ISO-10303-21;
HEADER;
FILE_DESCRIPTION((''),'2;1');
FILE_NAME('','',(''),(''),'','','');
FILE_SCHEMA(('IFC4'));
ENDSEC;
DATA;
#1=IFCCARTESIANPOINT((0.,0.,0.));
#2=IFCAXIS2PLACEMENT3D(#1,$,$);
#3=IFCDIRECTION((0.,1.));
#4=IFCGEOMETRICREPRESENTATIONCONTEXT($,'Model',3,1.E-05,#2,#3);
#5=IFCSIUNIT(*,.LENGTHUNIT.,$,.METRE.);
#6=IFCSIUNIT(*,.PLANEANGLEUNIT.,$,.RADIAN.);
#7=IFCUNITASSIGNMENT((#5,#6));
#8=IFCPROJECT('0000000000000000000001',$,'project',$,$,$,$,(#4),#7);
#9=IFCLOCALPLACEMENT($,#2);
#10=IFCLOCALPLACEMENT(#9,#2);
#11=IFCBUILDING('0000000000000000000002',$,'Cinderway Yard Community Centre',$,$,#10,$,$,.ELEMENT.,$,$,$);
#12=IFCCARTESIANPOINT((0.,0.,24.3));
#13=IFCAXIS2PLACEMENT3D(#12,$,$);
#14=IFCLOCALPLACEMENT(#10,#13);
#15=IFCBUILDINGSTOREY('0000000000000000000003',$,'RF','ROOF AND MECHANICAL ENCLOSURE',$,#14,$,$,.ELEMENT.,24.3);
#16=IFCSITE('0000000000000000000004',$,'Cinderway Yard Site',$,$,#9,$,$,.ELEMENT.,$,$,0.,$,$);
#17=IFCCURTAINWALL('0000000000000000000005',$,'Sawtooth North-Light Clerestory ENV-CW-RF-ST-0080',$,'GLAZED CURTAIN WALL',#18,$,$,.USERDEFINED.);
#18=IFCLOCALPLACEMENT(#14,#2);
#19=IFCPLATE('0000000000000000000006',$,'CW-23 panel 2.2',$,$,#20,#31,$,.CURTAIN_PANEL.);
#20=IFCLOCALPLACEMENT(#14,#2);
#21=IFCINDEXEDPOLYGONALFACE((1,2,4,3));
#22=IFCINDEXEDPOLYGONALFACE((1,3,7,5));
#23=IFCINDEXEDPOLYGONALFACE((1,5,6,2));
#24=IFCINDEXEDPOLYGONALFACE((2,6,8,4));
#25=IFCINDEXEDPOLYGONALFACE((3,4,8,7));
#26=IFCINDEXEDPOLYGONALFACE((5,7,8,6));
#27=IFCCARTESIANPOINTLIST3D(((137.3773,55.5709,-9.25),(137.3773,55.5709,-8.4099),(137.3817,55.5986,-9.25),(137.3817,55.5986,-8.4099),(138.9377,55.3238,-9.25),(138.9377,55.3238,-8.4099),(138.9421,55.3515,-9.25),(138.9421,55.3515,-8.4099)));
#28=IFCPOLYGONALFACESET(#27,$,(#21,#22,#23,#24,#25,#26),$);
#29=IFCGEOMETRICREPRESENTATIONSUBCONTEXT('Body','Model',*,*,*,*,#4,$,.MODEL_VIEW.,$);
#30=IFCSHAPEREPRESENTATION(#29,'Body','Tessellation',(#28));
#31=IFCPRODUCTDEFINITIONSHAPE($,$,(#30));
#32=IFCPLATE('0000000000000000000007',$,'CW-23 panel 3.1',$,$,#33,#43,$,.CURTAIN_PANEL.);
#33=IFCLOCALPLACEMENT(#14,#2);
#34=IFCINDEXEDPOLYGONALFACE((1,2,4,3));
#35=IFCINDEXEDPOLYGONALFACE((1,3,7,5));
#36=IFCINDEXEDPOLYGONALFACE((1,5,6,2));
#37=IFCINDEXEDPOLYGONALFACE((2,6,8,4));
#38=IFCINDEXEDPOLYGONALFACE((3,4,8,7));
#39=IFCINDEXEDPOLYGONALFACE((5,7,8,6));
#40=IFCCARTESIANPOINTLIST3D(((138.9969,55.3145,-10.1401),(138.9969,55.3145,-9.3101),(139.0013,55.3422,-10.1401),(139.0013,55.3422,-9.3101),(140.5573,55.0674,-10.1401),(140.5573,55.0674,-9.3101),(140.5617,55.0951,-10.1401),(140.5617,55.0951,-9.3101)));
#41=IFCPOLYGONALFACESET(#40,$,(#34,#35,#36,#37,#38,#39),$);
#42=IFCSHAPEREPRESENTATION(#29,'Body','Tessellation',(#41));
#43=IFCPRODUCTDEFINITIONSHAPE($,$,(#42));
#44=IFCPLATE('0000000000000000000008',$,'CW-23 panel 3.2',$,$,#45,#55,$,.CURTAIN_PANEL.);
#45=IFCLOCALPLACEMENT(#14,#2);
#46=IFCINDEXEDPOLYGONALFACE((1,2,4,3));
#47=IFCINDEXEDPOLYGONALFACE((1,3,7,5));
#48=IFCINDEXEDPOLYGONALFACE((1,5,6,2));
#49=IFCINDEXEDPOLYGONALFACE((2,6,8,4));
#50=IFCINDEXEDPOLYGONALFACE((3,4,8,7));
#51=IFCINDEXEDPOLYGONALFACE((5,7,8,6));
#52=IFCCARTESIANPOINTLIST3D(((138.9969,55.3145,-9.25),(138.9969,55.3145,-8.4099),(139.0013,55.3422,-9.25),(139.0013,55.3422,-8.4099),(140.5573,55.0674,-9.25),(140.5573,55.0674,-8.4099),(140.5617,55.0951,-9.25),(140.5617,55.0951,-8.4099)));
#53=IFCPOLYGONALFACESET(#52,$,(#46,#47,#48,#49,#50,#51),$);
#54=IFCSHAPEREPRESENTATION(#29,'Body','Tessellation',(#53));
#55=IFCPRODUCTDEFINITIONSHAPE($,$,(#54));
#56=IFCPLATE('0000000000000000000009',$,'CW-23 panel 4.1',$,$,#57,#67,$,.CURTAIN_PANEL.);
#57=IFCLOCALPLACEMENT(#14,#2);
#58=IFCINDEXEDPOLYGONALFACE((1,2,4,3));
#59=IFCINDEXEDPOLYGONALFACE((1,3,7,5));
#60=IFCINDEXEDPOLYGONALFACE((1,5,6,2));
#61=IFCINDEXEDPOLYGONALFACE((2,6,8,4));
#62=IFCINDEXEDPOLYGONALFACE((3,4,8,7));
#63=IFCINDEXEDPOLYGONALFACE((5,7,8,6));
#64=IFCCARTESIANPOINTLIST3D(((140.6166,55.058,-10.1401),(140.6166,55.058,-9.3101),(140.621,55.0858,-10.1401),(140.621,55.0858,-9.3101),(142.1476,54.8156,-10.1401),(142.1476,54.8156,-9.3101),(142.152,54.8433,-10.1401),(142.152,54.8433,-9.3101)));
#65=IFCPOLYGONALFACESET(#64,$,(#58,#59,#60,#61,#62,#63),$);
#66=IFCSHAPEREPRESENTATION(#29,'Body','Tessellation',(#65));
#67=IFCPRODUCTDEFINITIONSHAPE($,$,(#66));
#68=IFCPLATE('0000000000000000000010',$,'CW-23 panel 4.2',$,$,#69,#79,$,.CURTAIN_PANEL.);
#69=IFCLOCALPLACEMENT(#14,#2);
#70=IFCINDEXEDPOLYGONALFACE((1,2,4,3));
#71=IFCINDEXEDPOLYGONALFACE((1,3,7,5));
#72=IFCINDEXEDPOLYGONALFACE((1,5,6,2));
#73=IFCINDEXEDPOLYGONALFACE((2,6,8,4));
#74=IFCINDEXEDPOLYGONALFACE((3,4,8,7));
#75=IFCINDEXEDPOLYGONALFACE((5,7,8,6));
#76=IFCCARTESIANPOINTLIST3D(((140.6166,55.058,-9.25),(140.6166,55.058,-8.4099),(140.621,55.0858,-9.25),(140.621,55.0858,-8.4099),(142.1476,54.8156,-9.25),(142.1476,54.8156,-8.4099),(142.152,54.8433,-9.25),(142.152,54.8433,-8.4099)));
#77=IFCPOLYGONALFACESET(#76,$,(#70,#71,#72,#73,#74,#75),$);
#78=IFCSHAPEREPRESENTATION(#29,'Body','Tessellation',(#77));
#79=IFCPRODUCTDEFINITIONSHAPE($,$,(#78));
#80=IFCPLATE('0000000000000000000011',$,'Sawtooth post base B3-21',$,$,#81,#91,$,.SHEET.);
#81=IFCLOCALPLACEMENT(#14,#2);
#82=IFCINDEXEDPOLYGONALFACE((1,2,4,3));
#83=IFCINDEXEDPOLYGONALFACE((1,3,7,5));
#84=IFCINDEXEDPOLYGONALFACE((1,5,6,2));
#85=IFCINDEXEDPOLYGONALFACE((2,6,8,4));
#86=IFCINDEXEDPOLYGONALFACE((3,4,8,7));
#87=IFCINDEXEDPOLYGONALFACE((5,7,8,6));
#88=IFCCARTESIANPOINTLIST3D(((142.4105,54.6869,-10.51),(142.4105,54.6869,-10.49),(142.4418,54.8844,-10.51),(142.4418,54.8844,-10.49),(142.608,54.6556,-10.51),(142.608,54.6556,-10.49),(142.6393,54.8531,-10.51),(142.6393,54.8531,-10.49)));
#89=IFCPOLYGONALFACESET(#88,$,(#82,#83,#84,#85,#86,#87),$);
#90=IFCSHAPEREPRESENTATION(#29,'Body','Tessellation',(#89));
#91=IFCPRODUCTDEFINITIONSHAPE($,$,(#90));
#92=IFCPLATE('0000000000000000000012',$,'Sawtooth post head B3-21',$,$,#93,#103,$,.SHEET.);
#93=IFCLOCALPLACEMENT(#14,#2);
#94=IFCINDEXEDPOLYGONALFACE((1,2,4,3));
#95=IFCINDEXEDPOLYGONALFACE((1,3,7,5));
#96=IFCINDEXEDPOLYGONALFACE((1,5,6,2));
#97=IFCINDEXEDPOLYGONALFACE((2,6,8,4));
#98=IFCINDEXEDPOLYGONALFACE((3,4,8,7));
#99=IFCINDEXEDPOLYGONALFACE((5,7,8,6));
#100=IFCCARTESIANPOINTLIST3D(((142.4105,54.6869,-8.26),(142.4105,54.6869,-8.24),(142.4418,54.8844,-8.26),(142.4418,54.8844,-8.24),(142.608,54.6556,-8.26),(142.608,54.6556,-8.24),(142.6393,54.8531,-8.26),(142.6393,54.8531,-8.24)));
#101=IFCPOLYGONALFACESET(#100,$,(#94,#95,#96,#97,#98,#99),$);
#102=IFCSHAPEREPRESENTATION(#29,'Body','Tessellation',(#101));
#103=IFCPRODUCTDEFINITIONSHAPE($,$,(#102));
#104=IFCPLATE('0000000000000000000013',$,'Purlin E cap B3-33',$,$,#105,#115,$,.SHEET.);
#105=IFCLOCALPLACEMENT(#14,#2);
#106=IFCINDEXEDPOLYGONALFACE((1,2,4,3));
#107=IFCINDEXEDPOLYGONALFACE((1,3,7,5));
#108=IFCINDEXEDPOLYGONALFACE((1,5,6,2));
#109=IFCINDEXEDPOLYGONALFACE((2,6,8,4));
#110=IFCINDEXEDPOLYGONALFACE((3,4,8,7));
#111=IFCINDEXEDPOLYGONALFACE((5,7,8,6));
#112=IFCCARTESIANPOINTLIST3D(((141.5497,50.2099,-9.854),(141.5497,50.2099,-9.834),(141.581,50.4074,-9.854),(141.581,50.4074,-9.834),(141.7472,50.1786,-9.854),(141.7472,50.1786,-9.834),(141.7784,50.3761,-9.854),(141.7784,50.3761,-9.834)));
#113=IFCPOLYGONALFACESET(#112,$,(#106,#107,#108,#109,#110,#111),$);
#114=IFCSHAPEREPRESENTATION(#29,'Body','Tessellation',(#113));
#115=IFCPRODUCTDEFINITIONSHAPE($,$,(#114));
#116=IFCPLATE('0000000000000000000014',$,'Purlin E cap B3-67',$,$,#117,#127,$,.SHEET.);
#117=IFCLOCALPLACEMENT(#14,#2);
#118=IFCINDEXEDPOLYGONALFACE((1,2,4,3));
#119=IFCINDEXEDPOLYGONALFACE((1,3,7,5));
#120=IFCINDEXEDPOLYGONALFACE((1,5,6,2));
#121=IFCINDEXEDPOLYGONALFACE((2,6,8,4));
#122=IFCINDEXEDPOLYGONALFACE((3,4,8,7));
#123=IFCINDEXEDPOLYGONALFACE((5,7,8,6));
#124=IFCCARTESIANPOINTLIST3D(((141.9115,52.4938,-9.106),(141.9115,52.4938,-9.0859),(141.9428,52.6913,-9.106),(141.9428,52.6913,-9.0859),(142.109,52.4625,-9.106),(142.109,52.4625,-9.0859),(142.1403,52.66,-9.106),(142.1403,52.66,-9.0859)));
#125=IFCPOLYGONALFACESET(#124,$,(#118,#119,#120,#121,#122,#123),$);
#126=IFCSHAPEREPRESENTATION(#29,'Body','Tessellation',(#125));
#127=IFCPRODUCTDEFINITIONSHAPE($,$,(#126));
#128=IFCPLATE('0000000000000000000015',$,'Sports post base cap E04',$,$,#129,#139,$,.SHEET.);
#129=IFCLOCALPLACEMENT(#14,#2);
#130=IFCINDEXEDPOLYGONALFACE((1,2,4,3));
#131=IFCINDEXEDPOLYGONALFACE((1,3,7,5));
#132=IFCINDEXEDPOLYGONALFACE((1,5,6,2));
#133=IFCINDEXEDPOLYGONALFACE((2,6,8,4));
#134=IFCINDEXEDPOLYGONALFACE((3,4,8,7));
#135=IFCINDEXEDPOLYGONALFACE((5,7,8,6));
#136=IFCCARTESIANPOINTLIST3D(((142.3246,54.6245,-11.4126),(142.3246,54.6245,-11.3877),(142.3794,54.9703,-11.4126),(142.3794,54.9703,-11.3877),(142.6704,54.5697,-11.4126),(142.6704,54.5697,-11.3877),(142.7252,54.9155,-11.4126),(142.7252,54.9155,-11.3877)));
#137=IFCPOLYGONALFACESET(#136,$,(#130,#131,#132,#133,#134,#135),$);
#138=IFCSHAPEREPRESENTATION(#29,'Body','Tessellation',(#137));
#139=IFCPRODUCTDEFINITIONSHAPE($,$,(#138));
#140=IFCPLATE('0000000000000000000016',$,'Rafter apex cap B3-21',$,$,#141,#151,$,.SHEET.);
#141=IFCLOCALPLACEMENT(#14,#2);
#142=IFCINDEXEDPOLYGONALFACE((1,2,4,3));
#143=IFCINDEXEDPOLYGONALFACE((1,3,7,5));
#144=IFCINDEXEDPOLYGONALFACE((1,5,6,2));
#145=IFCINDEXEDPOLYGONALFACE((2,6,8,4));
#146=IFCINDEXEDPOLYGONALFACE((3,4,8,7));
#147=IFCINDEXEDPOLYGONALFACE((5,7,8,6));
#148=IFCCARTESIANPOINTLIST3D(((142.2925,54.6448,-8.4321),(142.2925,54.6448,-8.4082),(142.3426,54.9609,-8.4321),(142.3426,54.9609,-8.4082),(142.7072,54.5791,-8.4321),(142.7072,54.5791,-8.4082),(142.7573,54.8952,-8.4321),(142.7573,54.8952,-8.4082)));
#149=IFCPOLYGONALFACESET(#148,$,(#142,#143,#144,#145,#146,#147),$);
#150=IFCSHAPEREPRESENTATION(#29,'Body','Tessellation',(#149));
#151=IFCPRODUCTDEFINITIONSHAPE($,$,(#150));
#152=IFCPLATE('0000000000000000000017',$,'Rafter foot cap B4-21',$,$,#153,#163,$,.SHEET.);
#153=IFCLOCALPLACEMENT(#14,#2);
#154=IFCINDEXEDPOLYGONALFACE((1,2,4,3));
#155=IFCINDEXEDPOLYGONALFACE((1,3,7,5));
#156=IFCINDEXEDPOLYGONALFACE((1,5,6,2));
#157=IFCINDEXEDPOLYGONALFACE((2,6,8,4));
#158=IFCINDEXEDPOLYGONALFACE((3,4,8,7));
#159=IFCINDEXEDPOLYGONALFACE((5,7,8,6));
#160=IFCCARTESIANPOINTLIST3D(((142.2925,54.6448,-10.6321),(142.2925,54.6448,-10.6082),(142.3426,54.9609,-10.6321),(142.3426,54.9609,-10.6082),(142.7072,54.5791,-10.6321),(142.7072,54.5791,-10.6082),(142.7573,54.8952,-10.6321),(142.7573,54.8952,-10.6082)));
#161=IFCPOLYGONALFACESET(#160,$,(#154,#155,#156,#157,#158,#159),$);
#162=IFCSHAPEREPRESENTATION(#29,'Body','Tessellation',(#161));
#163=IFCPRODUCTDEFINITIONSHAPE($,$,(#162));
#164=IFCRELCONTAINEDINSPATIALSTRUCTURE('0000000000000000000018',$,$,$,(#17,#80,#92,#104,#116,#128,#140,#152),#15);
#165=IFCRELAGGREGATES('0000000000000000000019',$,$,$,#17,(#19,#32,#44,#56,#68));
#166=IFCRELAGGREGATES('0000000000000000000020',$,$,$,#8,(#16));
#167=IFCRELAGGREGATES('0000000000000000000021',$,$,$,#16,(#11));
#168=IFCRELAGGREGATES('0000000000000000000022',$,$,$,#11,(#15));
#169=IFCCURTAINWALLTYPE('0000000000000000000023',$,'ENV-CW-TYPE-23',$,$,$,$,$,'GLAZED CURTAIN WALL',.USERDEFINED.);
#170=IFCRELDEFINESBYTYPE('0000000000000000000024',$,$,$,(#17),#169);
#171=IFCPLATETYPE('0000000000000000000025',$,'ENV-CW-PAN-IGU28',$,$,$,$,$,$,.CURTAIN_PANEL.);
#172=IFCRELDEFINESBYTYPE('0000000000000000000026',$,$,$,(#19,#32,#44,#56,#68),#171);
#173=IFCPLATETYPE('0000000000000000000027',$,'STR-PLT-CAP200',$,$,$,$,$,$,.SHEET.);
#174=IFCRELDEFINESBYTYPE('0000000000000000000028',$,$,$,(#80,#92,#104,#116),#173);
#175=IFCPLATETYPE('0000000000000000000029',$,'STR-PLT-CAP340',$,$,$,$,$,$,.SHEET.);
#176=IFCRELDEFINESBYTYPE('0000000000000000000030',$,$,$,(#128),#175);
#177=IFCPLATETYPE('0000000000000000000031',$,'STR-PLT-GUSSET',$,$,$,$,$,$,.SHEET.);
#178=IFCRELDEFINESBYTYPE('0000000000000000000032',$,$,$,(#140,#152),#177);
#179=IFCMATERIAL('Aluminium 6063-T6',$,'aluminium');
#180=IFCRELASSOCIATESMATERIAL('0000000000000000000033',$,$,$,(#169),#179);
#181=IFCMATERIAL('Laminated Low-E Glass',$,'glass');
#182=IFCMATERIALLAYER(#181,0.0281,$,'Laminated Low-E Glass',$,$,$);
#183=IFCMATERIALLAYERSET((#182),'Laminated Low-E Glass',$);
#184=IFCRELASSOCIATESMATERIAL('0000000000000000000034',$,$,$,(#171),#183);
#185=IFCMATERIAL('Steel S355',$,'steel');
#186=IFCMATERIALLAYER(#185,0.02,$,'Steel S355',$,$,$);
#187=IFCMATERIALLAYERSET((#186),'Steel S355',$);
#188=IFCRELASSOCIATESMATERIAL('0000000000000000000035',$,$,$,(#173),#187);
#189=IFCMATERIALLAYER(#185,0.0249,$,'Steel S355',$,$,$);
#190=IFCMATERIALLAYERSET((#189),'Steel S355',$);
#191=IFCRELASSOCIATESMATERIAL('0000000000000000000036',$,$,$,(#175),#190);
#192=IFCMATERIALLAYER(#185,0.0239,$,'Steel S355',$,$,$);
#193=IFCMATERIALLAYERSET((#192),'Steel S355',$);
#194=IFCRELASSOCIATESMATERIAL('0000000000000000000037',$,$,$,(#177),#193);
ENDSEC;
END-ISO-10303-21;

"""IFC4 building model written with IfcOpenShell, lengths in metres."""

from ifc_helpers import new_model, si_unit, direction, frame, origin, origin_2d, place, context, subcontext, project, spatial, rectangle, extrude, material, layer, layer_set, type_object, element, aggregate, save


model = new_model("IFC4")

# Units and contexts
model_context = context("Model", 3, precision=1e-05, world=origin(), true_north=direction((0.0, 1.0)))
body_context = subcontext(model_context, "Body", "Model", "MODEL_VIEW")
ifc_project = project(units=[si_unit("LENGTHUNIT", "METRE"), si_unit("PLANEANGLEUNIT", "RADIAN")], contexts=[model_context])

# Site, building, storey
site_placement = place(None, origin())
site = spatial("IfcSite", under=ifc_project, at=site_placement, Name="Cinderway Yard Site", CompositionType="ELEMENT", RefElevation=0.0)
building_placement = place(site_placement, origin())
building = spatial("IfcBuilding", under=site, at=building_placement, Name="Cinderway Yard Community Centre", CompositionType="ELEMENT")
storey_placement = place(building_placement, frame((0.0, 0.0, 24.3)))
storey = spatial("IfcBuildingStorey", under=building, at=storey_placement, Name="RF", Description="ROOF AND MECHANICAL ENCLOSURE", CompositionType="ELEMENT", Elevation=24.3)

# Shared definitions
ifc_material_1 = material(Name="Steel S355", Category="steel")

# Curtain wall
ifc_material_2 = material(Name="Aluminium 6063-T6", Category="aluminium")
curtain_wall_type = type_object("IfcCurtainWallType", Name="ENV-CW-TYPE-23", ElementType="GLAZED CURTAIN WALL", PredefinedType="USERDEFINED", material=ifc_material_2)
curtain_wall_placement = place(storey_placement, origin())
curtain_wall = element("IfcCurtainWall", 1, at=curtain_wall_placement, inside=storey, type_object=curtain_wall_type, Name="Sawtooth North-Light Clerestory ENV-CW-RF-ST-0080", ObjectType="GLAZED CURTAIN WALL", PredefinedType="USERDEFINED")

# Plates
ifc_material_3 = material(Name="Laminated Low-E Glass", Category="glass")
ifc_layer_1 = layer(ifc_material_3, 0.0281, Name="Laminated Low-E Glass")
ifc_layer_set_1 = layer_set([ifc_layer_1], Name="Laminated Low-E Glass")
plate_type_1 = type_object("IfcPlateType", Name="ENV-CW-PAN-IGU28", PredefinedType="CURTAIN_PANEL", material=ifc_layer_set_1)
plate_1_placement = place(storey_placement, frame((138.1597, 55.4612, -9.25), z_axis=(0.0, 0.0, 1.0), x_axis=(0.987692, -0.156409, 0.0)))
plate_1 = element("IfcPlate", 2, at=plate_1_placement, type_object=plate_type_1, Name="CW-23 panel 2.2", PredefinedType="CURTAIN_PANEL", context=body_context, shape_type="SweptSolid", body=[
    extrude(rectangle(XDim=1.5798, YDim=0.0281, at=origin_2d()), origin(), (0.0, 0.0, 1.0), 0.8401),
])
plate_2_placement = place(storey_placement, frame((139.7793, 55.2048, -10.1401), z_axis=(0.0, 0.0, 1.0), x_axis=(0.987692, -0.156409, 0.0)))
plate_2 = element("IfcPlate", 3, at=plate_2_placement, type_object=plate_type_1, Name="CW-23 panel 3.1", PredefinedType="CURTAIN_PANEL", context=body_context, shape_type="SweptSolid", body=[
    extrude(rectangle(XDim=1.5798, YDim=0.0281, at=origin_2d()), origin(), (0.0, 0.0, 1.0), 0.8301),
])
plate_3_placement = place(storey_placement, frame((139.7793, 55.2048, -9.25), z_axis=(0.0, 0.0, 1.0), x_axis=(0.987692, -0.156409, 0.0)))
plate_3 = element("IfcPlate", 4, at=plate_3_placement, type_object=plate_type_1, Name="CW-23 panel 3.2", PredefinedType="CURTAIN_PANEL", context=body_context, shape_type="SweptSolid", body=[
    extrude(rectangle(XDim=1.5798, YDim=0.0281, at=origin_2d()), origin(), (0.0, 0.0, 1.0), 0.8401),
])
plate_4_placement = place(storey_placement, frame((141.3843, 54.9507, -10.1401), z_axis=(0.0, 0.0, 1.0), x_axis=(0.987692, -0.156409, 0.0)))
plate_4 = element("IfcPlate", 5, at=plate_4_placement, type_object=plate_type_1, Name="CW-23 panel 4.1", PredefinedType="CURTAIN_PANEL", context=body_context, shape_type="SweptSolid", body=[
    extrude(rectangle(XDim=1.55, YDim=0.0281, at=origin_2d()), origin(), (0.0, 0.0, 1.0), 0.8301),
])
plate_5_placement = place(storey_placement, frame((141.3843, 54.9507, -9.25), z_axis=(0.0, 0.0, 1.0), x_axis=(0.987692, -0.156409, 0.0)))
plate_5 = element("IfcPlate", 6, at=plate_5_placement, type_object=plate_type_1, Name="CW-23 panel 4.2", PredefinedType="CURTAIN_PANEL", context=body_context, shape_type="SweptSolid", body=[
    extrude(rectangle(XDim=1.55, YDim=0.0281, at=origin_2d()), origin(), (0.0, 0.0, 1.0), 0.8401),
])
aggregate(curtain_wall, [plate_1, plate_2, plate_3, plate_4, plate_5])

# Plates
ifc_layer_2 = layer(ifc_material_1, 0.02, Name="Steel S355")
ifc_layer_set_2 = layer_set([ifc_layer_2], Name="Steel S355")
plate_type_2 = type_object("IfcPlateType", Name="STR-PLT-CAP200", PredefinedType="SHEET", material=ifc_layer_set_2)
for number, where, z_axis, x_axis, name in (
    (7, (142.5249, 54.77, -10.51), (0.0, 0.0, 1.0), (0.987688, -0.156434, 0.0), "Sawtooth post base B3-21"),
    (8, (142.5249, 54.77, -8.26), (0.0, 0.0, 1.0), (0.987688, -0.156434, 0.0), "Sawtooth post head B3-21"),
    (9, (141.6641, 50.293, -9.854), (0.0, 0.0, 1.0), (0.987688, -0.156434, 0.0), "Purlin E cap B3-33"),
    (10, (142.0259, 52.5769, -9.106), (0.0, 0.0, 1.0), (0.987688, -0.156434, 0.0), "Purlin E cap B3-67"),
):
    element("IfcPlate", number, at=place(storey_placement, frame(where, z_axis=z_axis, x_axis=x_axis)), inside=storey, type_object=plate_type_2, Name=name, PredefinedType="SHEET", context=body_context, shape_type="SweptSolid", body=[
        extrude(rectangle(XDim=0.2, YDim=0.2, at=origin_2d()), origin(), (0.0, 0.0, 1.0), 0.02),
    ])
ifc_layer_3 = layer(ifc_material_1, 0.0249, Name="Steel S355")
ifc_layer_set_3 = layer_set([ifc_layer_3], Name="Steel S355")
plate_type_3 = type_object("IfcPlateType", Name="STR-PLT-CAP340", PredefinedType="SHEET", material=ifc_layer_set_3)
plate_6_placement = place(storey_placement, frame((142.5249, 54.77, -11.4126), z_axis=(0.0, 0.0, 1.0), x_axis=(0.987688, -0.156434, 0.0)))
element("IfcPlate", 11, at=plate_6_placement, inside=storey, type_object=plate_type_3, Name="Sports post base cap E04", PredefinedType="SHEET", context=body_context, shape_type="SweptSolid", body=[
    extrude(rectangle(XDim=0.3501, YDim=0.3501, at=origin_2d()), origin(), (0.0, 0.0, 1.0), 0.0249),
])
ifc_layer_4 = layer(ifc_material_1, 0.0239, Name="Steel S355")
ifc_layer_set_4 = layer_set([ifc_layer_4], Name="Steel S355")
plate_type_4 = type_object("IfcPlateType", Name="STR-PLT-GUSSET", PredefinedType="SHEET", material=ifc_layer_set_4)
for number, where, z_axis, x_axis, name in (
    (12, (142.5249, 54.77, -8.4321), (0.0, 0.0, 1.0), (0.987688, -0.156434, 0.0), "Rafter apex cap B3-21"),
    (13, (142.5249, 54.77, -10.6321), (0.0, 0.0, 1.0), (0.987688, -0.156434, 0.0), "Rafter foot cap B4-21"),
):
    element("IfcPlate", number, at=place(storey_placement, frame(where, z_axis=z_axis, x_axis=x_axis)), inside=storey, type_object=plate_type_4, Name=name, PredefinedType="SHEET", context=body_context, shape_type="SweptSolid", body=[
        extrude(rectangle(XDim=0.4199, YDim=0.3201, at=origin_2d()), origin(), (0.0, 0.0, 1.0), 0.0239),
    ])

save(model, "model.ifc")
